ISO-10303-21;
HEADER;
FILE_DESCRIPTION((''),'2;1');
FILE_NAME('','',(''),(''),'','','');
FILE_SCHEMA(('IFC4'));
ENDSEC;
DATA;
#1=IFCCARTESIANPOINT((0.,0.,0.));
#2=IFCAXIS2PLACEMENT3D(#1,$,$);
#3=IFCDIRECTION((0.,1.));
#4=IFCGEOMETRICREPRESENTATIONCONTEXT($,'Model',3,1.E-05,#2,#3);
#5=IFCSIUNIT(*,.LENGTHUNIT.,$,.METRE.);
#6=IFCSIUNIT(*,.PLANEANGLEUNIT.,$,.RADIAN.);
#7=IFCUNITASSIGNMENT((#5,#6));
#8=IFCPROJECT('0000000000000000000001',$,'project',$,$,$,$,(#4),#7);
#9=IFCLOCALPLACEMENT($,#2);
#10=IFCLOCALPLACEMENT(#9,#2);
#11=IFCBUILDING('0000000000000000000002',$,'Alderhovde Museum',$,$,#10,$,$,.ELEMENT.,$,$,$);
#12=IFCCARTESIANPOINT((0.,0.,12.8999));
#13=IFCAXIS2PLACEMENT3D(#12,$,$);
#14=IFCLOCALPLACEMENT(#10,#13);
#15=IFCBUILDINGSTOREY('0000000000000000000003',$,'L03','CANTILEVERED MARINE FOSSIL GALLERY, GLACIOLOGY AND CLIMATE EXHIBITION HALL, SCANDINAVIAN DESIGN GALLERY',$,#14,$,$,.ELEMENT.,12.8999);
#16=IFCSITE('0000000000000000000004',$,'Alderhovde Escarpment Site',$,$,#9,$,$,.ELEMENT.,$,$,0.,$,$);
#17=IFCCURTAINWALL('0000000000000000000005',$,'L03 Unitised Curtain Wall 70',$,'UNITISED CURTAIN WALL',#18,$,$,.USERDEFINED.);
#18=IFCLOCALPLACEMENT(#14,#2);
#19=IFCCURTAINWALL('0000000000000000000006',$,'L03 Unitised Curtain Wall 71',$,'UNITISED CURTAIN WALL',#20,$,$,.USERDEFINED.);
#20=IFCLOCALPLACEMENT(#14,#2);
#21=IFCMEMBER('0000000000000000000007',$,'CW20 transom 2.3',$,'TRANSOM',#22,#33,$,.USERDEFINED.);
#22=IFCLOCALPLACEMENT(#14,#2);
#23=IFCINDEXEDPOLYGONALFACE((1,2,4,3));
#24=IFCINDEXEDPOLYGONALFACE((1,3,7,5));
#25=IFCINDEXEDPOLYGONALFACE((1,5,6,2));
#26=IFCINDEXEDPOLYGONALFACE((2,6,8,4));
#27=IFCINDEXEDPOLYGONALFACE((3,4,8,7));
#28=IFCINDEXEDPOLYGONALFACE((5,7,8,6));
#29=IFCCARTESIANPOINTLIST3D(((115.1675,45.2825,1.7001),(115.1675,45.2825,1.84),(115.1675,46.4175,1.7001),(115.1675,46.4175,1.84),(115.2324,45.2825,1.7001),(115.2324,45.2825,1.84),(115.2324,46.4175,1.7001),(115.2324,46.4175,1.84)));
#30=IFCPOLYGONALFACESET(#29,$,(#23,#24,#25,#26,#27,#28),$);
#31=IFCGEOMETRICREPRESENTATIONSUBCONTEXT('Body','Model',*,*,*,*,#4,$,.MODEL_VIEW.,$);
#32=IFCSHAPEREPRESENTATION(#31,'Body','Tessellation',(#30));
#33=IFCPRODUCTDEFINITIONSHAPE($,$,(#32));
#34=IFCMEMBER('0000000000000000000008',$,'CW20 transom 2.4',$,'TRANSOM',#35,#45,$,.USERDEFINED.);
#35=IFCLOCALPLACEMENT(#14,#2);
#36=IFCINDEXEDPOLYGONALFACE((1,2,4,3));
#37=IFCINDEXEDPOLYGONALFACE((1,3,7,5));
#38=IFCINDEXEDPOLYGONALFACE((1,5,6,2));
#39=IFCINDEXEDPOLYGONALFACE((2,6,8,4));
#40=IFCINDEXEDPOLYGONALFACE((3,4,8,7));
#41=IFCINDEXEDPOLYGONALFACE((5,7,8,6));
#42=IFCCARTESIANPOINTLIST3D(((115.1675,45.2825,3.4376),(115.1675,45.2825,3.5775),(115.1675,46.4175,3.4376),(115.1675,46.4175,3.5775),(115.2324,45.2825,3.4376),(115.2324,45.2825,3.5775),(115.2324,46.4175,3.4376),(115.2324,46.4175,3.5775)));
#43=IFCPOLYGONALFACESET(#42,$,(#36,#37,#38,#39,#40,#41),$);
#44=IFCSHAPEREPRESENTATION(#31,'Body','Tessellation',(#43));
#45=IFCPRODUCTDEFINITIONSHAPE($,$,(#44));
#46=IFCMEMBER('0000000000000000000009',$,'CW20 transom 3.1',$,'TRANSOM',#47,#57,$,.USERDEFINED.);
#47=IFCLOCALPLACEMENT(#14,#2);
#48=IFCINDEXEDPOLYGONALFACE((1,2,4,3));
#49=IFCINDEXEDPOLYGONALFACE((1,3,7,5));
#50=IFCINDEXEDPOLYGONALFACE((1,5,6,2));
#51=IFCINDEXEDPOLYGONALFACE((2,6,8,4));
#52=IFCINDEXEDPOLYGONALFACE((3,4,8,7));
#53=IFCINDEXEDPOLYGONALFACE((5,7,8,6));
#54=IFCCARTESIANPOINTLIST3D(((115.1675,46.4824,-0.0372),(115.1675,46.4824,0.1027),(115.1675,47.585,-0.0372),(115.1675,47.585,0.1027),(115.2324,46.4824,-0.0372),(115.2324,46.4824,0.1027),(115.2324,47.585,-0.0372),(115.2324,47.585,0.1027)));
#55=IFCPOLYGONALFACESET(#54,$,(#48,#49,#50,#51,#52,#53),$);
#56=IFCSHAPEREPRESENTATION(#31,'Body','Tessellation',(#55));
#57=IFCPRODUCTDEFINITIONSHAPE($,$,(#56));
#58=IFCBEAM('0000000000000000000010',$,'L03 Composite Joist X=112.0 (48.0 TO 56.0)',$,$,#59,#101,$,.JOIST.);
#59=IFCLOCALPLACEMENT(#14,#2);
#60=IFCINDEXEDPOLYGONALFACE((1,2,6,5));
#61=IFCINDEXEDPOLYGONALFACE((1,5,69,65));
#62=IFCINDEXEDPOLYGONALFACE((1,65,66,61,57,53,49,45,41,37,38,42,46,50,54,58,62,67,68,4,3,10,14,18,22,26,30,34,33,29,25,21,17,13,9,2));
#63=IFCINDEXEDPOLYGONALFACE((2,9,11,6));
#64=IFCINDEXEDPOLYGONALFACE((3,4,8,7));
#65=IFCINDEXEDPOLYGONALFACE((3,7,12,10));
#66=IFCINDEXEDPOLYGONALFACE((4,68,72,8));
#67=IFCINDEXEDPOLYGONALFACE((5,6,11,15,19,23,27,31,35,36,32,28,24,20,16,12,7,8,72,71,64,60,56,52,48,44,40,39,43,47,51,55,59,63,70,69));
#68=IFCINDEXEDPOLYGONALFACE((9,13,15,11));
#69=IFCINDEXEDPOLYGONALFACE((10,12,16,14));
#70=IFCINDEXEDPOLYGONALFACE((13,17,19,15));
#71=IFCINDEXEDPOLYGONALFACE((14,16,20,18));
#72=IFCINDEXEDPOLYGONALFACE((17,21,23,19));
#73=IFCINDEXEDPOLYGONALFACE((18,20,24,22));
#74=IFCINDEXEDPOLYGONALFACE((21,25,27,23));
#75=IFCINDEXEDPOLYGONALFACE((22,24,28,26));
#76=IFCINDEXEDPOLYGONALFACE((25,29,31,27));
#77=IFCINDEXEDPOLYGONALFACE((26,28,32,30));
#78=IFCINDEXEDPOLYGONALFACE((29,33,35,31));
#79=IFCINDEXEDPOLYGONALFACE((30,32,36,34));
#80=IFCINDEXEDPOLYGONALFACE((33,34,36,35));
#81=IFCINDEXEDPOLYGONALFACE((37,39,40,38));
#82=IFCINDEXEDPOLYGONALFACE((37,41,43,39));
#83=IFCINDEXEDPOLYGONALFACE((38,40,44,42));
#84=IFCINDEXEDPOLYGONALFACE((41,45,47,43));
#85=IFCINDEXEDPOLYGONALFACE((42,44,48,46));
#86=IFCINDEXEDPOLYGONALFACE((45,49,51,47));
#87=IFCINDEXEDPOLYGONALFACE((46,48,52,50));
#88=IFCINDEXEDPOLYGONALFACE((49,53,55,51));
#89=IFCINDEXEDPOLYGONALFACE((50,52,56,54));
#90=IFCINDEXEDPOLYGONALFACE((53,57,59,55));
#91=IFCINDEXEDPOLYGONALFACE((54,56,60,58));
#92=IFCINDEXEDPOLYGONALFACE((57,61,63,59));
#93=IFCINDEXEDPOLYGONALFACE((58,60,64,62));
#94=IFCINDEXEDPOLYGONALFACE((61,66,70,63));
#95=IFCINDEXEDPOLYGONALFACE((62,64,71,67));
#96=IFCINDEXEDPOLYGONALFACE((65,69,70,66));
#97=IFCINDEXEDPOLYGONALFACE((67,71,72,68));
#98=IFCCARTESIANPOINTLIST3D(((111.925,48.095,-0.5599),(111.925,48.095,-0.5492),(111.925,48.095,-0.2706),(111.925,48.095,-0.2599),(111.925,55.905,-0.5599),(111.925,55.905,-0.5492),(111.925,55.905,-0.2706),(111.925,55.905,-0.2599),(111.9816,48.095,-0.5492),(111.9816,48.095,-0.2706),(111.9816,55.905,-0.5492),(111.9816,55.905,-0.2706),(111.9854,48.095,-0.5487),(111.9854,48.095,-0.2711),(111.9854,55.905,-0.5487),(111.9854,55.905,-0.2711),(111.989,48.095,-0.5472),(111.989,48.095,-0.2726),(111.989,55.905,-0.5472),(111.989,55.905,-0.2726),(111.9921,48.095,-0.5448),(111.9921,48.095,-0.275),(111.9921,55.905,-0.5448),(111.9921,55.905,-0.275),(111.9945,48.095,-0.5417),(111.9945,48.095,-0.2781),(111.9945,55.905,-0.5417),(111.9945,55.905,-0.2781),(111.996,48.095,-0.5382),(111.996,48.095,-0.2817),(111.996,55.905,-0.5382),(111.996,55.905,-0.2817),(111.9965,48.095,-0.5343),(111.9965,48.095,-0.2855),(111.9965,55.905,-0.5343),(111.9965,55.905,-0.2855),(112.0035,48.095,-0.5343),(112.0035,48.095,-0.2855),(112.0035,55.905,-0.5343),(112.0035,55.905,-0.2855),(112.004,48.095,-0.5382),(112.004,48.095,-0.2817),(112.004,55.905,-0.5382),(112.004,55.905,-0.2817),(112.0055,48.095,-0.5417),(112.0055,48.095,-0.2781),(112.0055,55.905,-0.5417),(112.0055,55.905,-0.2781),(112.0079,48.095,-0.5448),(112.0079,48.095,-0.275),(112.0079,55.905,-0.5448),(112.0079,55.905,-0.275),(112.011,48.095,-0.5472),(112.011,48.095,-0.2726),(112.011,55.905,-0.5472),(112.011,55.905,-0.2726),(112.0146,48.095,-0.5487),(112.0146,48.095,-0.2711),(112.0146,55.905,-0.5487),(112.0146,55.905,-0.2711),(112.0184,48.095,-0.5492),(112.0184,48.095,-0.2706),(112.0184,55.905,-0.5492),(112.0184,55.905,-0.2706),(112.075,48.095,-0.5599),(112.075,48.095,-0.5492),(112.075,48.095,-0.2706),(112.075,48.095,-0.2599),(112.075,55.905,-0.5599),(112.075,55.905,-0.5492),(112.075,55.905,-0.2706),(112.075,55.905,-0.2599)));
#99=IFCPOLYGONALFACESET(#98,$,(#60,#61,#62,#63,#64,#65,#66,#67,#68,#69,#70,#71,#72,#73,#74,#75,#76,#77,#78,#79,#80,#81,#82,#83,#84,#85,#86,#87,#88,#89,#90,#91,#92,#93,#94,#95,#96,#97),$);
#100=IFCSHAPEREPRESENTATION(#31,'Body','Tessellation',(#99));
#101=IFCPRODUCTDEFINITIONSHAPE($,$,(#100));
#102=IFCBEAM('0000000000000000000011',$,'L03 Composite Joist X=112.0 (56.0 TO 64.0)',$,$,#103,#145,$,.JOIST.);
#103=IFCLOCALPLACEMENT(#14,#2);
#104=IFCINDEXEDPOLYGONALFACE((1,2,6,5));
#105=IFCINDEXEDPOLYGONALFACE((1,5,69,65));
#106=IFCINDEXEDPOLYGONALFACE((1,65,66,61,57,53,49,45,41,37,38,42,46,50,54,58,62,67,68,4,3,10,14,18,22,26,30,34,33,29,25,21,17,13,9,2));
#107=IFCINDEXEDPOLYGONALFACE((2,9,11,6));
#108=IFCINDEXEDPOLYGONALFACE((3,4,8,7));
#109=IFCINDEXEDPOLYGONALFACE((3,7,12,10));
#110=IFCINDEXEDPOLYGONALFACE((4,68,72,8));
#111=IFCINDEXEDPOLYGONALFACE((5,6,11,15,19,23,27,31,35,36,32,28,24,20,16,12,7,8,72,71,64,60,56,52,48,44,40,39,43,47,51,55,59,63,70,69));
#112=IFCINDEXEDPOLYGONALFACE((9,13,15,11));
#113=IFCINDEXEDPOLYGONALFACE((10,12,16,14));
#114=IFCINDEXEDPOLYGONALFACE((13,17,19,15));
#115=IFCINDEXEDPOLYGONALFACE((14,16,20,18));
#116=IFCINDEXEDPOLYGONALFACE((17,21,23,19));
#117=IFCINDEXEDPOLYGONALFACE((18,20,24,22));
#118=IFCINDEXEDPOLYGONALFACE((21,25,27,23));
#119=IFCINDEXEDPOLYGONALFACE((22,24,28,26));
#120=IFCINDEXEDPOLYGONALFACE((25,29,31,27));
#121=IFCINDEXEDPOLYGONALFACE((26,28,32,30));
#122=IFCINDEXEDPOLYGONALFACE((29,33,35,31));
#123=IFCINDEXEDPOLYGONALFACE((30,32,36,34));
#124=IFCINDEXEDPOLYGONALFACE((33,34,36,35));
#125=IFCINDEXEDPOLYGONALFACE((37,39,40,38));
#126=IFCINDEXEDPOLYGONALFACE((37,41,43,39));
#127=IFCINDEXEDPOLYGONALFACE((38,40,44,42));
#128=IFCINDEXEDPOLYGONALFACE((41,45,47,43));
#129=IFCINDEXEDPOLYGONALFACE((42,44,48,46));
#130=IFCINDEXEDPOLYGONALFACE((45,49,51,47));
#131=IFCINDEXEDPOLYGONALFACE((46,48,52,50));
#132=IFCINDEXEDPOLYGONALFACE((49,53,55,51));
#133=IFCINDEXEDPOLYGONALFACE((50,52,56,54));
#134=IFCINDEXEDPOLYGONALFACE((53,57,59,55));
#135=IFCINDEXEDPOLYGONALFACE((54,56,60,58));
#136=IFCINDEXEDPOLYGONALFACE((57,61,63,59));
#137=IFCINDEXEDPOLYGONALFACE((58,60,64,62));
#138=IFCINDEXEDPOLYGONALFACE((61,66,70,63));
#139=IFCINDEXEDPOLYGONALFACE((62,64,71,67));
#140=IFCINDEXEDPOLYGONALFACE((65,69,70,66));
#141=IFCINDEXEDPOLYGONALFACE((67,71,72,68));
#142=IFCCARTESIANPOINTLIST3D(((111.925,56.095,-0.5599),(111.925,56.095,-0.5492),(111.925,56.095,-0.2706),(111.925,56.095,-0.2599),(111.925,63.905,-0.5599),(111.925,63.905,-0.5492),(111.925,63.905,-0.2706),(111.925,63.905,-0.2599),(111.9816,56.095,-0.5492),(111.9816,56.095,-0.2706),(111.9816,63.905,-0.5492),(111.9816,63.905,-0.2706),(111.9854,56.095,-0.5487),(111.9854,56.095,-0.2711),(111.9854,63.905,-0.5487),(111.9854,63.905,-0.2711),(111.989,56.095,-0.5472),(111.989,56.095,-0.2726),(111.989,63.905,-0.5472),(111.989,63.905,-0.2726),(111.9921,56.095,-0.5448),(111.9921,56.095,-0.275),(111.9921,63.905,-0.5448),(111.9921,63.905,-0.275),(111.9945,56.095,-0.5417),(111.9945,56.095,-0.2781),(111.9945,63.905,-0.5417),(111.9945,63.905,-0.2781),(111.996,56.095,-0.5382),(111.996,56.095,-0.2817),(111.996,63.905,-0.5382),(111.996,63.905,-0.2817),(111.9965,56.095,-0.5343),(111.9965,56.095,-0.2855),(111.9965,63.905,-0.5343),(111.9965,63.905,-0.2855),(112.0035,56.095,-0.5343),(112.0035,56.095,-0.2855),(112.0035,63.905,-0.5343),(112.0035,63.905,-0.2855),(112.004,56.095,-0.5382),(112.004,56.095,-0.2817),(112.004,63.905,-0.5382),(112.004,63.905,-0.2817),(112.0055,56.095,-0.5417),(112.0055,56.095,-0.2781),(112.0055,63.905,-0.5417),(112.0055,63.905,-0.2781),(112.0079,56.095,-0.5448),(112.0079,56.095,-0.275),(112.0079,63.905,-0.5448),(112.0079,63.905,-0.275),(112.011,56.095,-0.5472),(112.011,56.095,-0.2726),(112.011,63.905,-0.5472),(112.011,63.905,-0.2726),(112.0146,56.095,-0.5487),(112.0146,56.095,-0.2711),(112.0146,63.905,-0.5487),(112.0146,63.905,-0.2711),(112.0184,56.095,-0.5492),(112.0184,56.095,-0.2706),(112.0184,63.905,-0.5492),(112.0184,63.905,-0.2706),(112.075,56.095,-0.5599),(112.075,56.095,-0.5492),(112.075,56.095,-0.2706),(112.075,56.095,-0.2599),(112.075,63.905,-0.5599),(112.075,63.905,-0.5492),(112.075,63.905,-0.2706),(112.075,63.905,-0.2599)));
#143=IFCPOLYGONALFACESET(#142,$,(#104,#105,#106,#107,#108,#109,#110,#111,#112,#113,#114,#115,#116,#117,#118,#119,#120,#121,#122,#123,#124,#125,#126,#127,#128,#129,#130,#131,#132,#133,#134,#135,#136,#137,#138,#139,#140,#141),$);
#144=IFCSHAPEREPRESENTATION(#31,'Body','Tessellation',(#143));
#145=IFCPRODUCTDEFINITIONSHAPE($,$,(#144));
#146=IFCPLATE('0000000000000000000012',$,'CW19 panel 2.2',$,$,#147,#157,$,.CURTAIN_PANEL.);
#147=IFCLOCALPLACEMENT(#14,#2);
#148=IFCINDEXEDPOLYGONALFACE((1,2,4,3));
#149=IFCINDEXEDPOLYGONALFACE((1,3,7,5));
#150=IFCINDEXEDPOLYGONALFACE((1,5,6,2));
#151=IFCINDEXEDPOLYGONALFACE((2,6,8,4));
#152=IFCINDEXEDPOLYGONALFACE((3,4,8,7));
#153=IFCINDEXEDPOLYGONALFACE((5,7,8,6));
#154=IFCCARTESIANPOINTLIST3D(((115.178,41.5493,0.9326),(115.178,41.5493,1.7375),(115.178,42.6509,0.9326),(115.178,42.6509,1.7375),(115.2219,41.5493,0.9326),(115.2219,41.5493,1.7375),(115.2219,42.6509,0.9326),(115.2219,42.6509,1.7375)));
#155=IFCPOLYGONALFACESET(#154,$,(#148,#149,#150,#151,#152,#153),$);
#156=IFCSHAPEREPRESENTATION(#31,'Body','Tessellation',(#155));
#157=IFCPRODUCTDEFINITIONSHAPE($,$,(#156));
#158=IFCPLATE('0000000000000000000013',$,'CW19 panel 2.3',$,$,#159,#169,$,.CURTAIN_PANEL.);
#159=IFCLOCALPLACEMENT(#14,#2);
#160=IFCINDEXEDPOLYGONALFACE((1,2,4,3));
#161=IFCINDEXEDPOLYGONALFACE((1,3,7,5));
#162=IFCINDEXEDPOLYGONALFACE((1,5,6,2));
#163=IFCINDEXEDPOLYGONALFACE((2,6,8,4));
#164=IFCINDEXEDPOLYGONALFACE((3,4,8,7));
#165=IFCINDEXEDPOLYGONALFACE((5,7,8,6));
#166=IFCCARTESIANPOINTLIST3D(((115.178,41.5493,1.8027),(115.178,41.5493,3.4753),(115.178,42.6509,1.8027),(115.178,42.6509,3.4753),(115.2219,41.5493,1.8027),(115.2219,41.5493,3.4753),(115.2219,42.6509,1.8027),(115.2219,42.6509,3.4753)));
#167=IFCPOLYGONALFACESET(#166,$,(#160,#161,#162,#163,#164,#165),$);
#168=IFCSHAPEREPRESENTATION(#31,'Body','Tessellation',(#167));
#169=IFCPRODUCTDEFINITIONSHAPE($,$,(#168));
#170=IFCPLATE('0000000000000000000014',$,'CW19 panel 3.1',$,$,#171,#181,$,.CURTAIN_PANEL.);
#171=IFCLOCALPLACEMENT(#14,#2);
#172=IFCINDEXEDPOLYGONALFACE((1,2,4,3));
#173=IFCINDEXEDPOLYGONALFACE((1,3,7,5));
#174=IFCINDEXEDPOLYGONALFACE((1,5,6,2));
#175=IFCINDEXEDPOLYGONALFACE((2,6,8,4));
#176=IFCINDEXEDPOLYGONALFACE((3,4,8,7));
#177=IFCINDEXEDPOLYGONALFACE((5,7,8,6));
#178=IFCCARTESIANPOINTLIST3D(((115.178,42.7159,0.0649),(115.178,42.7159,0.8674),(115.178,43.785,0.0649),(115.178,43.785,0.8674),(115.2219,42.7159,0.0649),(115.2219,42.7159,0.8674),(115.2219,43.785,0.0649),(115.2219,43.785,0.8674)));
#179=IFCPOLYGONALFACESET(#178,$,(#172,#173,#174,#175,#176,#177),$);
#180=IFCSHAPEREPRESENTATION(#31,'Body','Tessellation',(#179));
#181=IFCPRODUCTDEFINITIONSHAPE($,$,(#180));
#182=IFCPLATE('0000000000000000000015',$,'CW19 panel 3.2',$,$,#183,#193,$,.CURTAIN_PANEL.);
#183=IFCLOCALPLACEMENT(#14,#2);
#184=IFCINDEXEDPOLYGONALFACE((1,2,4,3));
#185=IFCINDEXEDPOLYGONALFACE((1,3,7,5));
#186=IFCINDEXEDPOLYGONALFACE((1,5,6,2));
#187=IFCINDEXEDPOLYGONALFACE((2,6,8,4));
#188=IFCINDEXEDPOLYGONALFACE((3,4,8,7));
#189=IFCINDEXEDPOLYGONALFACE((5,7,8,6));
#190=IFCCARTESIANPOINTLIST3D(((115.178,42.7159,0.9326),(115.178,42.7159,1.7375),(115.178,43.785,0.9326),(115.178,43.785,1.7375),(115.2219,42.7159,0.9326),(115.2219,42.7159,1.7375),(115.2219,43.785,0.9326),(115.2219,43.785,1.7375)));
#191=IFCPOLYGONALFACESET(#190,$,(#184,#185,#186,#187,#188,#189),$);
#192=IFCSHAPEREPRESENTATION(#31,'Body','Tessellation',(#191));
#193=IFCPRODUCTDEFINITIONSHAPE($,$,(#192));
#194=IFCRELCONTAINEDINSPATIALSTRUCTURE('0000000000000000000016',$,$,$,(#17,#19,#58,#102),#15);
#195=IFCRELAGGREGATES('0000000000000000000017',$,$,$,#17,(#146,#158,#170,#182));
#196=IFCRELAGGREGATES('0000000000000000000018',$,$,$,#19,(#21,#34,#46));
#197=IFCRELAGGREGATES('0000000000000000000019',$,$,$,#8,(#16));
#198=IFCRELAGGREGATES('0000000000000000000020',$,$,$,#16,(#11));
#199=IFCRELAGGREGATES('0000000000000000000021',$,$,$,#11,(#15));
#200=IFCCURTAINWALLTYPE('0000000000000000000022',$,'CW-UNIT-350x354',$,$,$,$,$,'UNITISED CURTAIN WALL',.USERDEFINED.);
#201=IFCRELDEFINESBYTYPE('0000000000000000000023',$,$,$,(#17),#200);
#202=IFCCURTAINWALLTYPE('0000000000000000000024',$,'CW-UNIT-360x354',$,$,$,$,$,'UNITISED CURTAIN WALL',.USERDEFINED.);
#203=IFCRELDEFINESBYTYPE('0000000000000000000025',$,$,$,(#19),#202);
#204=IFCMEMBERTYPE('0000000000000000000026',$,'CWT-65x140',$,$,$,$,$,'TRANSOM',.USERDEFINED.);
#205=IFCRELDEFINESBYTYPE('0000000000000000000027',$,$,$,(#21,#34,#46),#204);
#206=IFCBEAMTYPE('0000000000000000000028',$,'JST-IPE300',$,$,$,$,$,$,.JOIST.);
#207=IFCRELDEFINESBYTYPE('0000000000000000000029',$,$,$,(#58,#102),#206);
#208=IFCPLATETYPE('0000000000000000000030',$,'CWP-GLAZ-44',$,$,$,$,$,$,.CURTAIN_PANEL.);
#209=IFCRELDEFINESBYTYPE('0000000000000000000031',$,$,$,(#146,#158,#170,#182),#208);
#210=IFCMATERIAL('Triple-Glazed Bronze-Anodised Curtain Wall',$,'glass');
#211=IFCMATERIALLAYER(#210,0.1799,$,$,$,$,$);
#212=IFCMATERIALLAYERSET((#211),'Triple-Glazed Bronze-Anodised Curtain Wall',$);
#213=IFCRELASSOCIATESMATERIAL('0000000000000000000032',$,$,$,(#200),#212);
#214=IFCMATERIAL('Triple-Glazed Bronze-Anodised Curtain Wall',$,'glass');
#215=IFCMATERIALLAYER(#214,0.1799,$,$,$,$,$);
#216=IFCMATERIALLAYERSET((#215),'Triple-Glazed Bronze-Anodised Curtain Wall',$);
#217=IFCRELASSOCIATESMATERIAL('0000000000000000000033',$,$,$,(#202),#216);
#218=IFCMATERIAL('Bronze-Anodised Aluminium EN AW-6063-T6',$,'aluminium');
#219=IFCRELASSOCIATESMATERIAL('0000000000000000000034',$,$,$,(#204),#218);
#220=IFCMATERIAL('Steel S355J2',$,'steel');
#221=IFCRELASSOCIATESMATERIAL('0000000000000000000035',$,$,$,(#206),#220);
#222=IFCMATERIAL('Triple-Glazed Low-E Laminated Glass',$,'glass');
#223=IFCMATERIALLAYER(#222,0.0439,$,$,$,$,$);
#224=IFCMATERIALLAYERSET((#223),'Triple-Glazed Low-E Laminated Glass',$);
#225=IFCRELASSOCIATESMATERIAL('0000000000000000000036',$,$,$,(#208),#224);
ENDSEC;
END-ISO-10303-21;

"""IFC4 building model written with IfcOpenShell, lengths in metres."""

from ifc_helpers import new_model, si_unit, direction, frame, origin, origin_2d, place, context, subcontext, project, spatial, rectangle, i_section, extrude, material, layer, layer_set, material_profile, profile_set, type_object, element, aggregate, save


model = new_model("IFC4")

# Units and contexts
model_context = context("Model", 3, precision=1e-05, world=origin(), true_north=direction((0.0, 1.0)))
body_context = subcontext(model_context, "Body", "Model", "MODEL_VIEW")
ifc_project = project(units=[si_unit("LENGTHUNIT", "METRE"), si_unit("PLANEANGLEUNIT", "RADIAN")], contexts=[model_context])

# Site, building, storey
site_placement = place(None, origin())
site = spatial("IfcSite", under=ifc_project, at=site_placement, Name="Alderhovde Escarpment Site", CompositionType="ELEMENT", RefElevation=0.0)
building_placement = place(site_placement, origin())
building = spatial("IfcBuilding", under=site, at=building_placement, Name="Alderhovde Museum", CompositionType="ELEMENT")
storey_placement = place(building_placement, frame((0.0, 0.0, 12.8999)))
storey = spatial("IfcBuildingStorey", under=building, at=storey_placement, Name="L03", Description="CANTILEVERED MARINE FOSSIL GALLERY, GLACIOLOGY AND CLIMATE EXHIBITION HALL, SCANDINAVIAN DESIGN GALLERY", CompositionType="ELEMENT", Elevation=12.8999)

# Curtain walls
ifc_material_1 = material(Name="Triple-Glazed Bronze-Anodised Curtain Wall", Category="glass")
ifc_layer_1 = layer(ifc_material_1, 0.1799)
ifc_layer_set_1 = layer_set([ifc_layer_1], Name="Triple-Glazed Bronze-Anodised Curtain Wall")
curtain_wall_type_1 = type_object("IfcCurtainWallType", Name="CW-UNIT-350x354", ElementType="UNITISED CURTAIN WALL", PredefinedType="USERDEFINED", material=ifc_layer_set_1)
curtain_wall_1_placement = place(storey_placement, origin())
curtain_wall_1 = element("IfcCurtainWall", 1, at=curtain_wall_1_placement, inside=storey, type_object=curtain_wall_type_1, Name="L03 Unitised Curtain Wall 70", ObjectType="UNITISED CURTAIN WALL", PredefinedType="USERDEFINED")
ifc_material_2 = material(Name="Triple-Glazed Bronze-Anodised Curtain Wall", Category="glass")
ifc_layer_2 = layer(ifc_material_2, 0.1799)
ifc_layer_set_2 = layer_set([ifc_layer_2], Name="Triple-Glazed Bronze-Anodised Curtain Wall")
curtain_wall_type_2 = type_object("IfcCurtainWallType", Name="CW-UNIT-360x354", ElementType="UNITISED CURTAIN WALL", PredefinedType="USERDEFINED", material=ifc_layer_set_2)
curtain_wall_2_placement = place(storey_placement, origin())
curtain_wall_2 = element("IfcCurtainWall", 2, at=curtain_wall_2_placement, inside=storey, type_object=curtain_wall_type_2, Name="L03 Unitised Curtain Wall 71", ObjectType="UNITISED CURTAIN WALL", PredefinedType="USERDEFINED")

# Members
ifc_material_3 = material(Name="Bronze-Anodised Aluminium EN AW-6063-T6", Category="aluminium")
ifc_material_profile_1 = material_profile(ifc_material_3, rectangle(XDim=0.0649, YDim=0.1399, at=origin_2d()), Name="TRANSOM 65x140")
ifc_profile_set_1 = profile_set([ifc_material_profile_1], Name="Bronze-Anodised Aluminium EN AW-6063-T6")
member_type_1 = type_object("IfcMemberType", Name="CWT-65x140", ElementType="TRANSOM", PredefinedType="USERDEFINED", material=ifc_profile_set_1)
member_1_placement = place(storey_placement, frame((115.2, 45.2825, 1.77), z_axis=(0.0, 1.0, 0.0), x_axis=(-1.0, 0.0, 0.0)))
member_1 = element("IfcMember", 3, at=member_1_placement, type_object=member_type_1, Name="CW20 transom 2.3", ObjectType="TRANSOM", PredefinedType="USERDEFINED", context=body_context, shape_type="SweptSolid", body=[
    extrude(rectangle(XDim=0.0649, YDim=0.1399, at=origin_2d()), origin(), (0.0, 0.0, 1.0), 1.135),
])
member_2_placement = place(storey_placement, frame((115.2, 45.2825, 3.5076), z_axis=(0.0, 1.0, 0.0), x_axis=(-1.0, 0.0, 0.0)))
member_2 = element("IfcMember", 4, at=member_2_placement, type_object=member_type_1, Name="CW20 transom 2.4", ObjectType="TRANSOM", PredefinedType="USERDEFINED", context=body_context, shape_type="SweptSolid", body=[
    extrude(rectangle(XDim=0.0649, YDim=0.1399, at=origin_2d()), origin(), (0.0, 0.0, 1.0), 1.135),
])
member_3_placement = place(storey_placement, frame((115.2, 46.4824, 0.0327), z_axis=(0.0, 1.0, 0.0), x_axis=(-1.0, 0.0, 0.0)))
member_3 = element("IfcMember", 5, at=member_3_placement, type_object=member_type_1, Name="CW20 transom 3.1", ObjectType="TRANSOM", PredefinedType="USERDEFINED", context=body_context, shape_type="SweptSolid", body=[
    extrude(rectangle(XDim=0.0649, YDim=0.1399, at=origin_2d()), origin(), (0.0, 0.0, 1.0), 1.1025),
])

# Beams
ifc_material_4 = material(Name="Steel S355J2", Category="steel")
ifc_material_profile_2 = material_profile(ifc_material_4, i_section(OverallWidth=0.1499, OverallDepth=0.3, WebThickness=0.0071, FlangeThickness=0.0107, FilletRadius=0.0149, at=origin_2d()), Name="IPE 300")
ifc_profile_set_2 = profile_set([ifc_material_profile_2], Name="Steel S355J2")
beam_type = type_object("IfcBeamType", Name="JST-IPE300", PredefinedType="JOIST", material=ifc_profile_set_2)
for number, where, z_axis, x_axis, name in (
    (6, (112.0, 48.095, -0.4099), (0.0, 1.0, 0.0), (-1.0, 0.0, 0.0), "L03 Composite Joist X=112.0 (48.0 TO 56.0)"),
    (7, (112.0, 56.095, -0.4099), (0.0, 1.0, 0.0), (-1.0, 0.0, 0.0), "L03 Composite Joist X=112.0 (56.0 TO 64.0)"),
):
    element("IfcBeam", number, at=place(storey_placement, frame(where, z_axis=z_axis, x_axis=x_axis)), inside=storey, type_object=beam_type, Name=name, PredefinedType="JOIST", context=body_context, shape_type="SweptSolid", body=[
        extrude(i_section(OverallWidth=0.1499, OverallDepth=0.3, WebThickness=0.0071, FlangeThickness=0.0107, FilletRadius=0.0149, at=origin_2d()), origin(), (0.0, 0.0, 1.0), 7.8101),
    ])

# Plates
ifc_material_5 = material(Name="Triple-Glazed Low-E Laminated Glass", Category="glass")
ifc_layer_3 = layer(ifc_material_5, 0.0439)
ifc_layer_set_3 = layer_set([ifc_layer_3], Name="Triple-Glazed Low-E Laminated Glass")
plate_type_1 = type_object("IfcPlateType", Name="CWP-GLAZ-44", PredefinedType="CURTAIN_PANEL", material=ifc_layer_set_3)
plate_1_placement = place(storey_placement, frame((115.2, 42.1001, 0.9326), z_axis=(0.0, 0.0, 1.0), x_axis=(0.0, 1.0, 0.0)))
plate_1 = element("IfcPlate", 8, at=plate_1_placement, type_object=plate_type_1, Name="CW19 panel 2.2", PredefinedType="CURTAIN_PANEL", context=body_context, shape_type="SweptSolid", body=[
    extrude(rectangle(XDim=1.1016, YDim=0.0439, at=origin_2d()), origin(), (0.0, 0.0, 1.0), 0.8049),
])
plate_2_placement = place(storey_placement, frame((115.2, 42.1001, 1.8027), z_axis=(0.0, 0.0, 1.0), x_axis=(0.0, 1.0, 0.0)))
plate_2 = element("IfcPlate", 9, at=plate_2_placement, type_object=plate_type_1, Name="CW19 panel 2.3", PredefinedType="CURTAIN_PANEL", context=body_context, shape_type="SweptSolid", body=[
    extrude(rectangle(XDim=1.1016, YDim=0.0439, at=origin_2d()), origin(), (0.0, 0.0, 1.0), 1.6726),
])
plate_3_placement = place(storey_placement, frame((115.2, 43.2505, 0.0649), z_axis=(0.0, 0.0, 1.0), x_axis=(0.0, 1.0, 0.0)))
plate_3 = element("IfcPlate", 10, at=plate_3_placement, type_object=plate_type_1, Name="CW19 panel 3.1", PredefinedType="CURTAIN_PANEL", context=body_context, shape_type="SweptSolid", body=[
    extrude(rectangle(XDim=1.0691, YDim=0.0439, at=origin_2d()), origin(), (0.0, 0.0, 1.0), 0.8025),
])
plate_4_placement = place(storey_placement, frame((115.2, 43.2505, 0.9326), z_axis=(0.0, 0.0, 1.0), x_axis=(0.0, 1.0, 0.0)))
plate_4 = element("IfcPlate", 11, at=plate_4_placement, type_object=plate_type_1, Name="CW19 panel 3.2", PredefinedType="CURTAIN_PANEL", context=body_context, shape_type="SweptSolid", body=[
    extrude(rectangle(XDim=1.0691, YDim=0.0439, at=origin_2d()), origin(), (0.0, 0.0, 1.0), 0.8049),
])
aggregate(curtain_wall_1, [plate_1, plate_2, plate_3, plate_4])
aggregate(curtain_wall_2, [member_1, member_2, member_3])

save(model, "model.ifc")
